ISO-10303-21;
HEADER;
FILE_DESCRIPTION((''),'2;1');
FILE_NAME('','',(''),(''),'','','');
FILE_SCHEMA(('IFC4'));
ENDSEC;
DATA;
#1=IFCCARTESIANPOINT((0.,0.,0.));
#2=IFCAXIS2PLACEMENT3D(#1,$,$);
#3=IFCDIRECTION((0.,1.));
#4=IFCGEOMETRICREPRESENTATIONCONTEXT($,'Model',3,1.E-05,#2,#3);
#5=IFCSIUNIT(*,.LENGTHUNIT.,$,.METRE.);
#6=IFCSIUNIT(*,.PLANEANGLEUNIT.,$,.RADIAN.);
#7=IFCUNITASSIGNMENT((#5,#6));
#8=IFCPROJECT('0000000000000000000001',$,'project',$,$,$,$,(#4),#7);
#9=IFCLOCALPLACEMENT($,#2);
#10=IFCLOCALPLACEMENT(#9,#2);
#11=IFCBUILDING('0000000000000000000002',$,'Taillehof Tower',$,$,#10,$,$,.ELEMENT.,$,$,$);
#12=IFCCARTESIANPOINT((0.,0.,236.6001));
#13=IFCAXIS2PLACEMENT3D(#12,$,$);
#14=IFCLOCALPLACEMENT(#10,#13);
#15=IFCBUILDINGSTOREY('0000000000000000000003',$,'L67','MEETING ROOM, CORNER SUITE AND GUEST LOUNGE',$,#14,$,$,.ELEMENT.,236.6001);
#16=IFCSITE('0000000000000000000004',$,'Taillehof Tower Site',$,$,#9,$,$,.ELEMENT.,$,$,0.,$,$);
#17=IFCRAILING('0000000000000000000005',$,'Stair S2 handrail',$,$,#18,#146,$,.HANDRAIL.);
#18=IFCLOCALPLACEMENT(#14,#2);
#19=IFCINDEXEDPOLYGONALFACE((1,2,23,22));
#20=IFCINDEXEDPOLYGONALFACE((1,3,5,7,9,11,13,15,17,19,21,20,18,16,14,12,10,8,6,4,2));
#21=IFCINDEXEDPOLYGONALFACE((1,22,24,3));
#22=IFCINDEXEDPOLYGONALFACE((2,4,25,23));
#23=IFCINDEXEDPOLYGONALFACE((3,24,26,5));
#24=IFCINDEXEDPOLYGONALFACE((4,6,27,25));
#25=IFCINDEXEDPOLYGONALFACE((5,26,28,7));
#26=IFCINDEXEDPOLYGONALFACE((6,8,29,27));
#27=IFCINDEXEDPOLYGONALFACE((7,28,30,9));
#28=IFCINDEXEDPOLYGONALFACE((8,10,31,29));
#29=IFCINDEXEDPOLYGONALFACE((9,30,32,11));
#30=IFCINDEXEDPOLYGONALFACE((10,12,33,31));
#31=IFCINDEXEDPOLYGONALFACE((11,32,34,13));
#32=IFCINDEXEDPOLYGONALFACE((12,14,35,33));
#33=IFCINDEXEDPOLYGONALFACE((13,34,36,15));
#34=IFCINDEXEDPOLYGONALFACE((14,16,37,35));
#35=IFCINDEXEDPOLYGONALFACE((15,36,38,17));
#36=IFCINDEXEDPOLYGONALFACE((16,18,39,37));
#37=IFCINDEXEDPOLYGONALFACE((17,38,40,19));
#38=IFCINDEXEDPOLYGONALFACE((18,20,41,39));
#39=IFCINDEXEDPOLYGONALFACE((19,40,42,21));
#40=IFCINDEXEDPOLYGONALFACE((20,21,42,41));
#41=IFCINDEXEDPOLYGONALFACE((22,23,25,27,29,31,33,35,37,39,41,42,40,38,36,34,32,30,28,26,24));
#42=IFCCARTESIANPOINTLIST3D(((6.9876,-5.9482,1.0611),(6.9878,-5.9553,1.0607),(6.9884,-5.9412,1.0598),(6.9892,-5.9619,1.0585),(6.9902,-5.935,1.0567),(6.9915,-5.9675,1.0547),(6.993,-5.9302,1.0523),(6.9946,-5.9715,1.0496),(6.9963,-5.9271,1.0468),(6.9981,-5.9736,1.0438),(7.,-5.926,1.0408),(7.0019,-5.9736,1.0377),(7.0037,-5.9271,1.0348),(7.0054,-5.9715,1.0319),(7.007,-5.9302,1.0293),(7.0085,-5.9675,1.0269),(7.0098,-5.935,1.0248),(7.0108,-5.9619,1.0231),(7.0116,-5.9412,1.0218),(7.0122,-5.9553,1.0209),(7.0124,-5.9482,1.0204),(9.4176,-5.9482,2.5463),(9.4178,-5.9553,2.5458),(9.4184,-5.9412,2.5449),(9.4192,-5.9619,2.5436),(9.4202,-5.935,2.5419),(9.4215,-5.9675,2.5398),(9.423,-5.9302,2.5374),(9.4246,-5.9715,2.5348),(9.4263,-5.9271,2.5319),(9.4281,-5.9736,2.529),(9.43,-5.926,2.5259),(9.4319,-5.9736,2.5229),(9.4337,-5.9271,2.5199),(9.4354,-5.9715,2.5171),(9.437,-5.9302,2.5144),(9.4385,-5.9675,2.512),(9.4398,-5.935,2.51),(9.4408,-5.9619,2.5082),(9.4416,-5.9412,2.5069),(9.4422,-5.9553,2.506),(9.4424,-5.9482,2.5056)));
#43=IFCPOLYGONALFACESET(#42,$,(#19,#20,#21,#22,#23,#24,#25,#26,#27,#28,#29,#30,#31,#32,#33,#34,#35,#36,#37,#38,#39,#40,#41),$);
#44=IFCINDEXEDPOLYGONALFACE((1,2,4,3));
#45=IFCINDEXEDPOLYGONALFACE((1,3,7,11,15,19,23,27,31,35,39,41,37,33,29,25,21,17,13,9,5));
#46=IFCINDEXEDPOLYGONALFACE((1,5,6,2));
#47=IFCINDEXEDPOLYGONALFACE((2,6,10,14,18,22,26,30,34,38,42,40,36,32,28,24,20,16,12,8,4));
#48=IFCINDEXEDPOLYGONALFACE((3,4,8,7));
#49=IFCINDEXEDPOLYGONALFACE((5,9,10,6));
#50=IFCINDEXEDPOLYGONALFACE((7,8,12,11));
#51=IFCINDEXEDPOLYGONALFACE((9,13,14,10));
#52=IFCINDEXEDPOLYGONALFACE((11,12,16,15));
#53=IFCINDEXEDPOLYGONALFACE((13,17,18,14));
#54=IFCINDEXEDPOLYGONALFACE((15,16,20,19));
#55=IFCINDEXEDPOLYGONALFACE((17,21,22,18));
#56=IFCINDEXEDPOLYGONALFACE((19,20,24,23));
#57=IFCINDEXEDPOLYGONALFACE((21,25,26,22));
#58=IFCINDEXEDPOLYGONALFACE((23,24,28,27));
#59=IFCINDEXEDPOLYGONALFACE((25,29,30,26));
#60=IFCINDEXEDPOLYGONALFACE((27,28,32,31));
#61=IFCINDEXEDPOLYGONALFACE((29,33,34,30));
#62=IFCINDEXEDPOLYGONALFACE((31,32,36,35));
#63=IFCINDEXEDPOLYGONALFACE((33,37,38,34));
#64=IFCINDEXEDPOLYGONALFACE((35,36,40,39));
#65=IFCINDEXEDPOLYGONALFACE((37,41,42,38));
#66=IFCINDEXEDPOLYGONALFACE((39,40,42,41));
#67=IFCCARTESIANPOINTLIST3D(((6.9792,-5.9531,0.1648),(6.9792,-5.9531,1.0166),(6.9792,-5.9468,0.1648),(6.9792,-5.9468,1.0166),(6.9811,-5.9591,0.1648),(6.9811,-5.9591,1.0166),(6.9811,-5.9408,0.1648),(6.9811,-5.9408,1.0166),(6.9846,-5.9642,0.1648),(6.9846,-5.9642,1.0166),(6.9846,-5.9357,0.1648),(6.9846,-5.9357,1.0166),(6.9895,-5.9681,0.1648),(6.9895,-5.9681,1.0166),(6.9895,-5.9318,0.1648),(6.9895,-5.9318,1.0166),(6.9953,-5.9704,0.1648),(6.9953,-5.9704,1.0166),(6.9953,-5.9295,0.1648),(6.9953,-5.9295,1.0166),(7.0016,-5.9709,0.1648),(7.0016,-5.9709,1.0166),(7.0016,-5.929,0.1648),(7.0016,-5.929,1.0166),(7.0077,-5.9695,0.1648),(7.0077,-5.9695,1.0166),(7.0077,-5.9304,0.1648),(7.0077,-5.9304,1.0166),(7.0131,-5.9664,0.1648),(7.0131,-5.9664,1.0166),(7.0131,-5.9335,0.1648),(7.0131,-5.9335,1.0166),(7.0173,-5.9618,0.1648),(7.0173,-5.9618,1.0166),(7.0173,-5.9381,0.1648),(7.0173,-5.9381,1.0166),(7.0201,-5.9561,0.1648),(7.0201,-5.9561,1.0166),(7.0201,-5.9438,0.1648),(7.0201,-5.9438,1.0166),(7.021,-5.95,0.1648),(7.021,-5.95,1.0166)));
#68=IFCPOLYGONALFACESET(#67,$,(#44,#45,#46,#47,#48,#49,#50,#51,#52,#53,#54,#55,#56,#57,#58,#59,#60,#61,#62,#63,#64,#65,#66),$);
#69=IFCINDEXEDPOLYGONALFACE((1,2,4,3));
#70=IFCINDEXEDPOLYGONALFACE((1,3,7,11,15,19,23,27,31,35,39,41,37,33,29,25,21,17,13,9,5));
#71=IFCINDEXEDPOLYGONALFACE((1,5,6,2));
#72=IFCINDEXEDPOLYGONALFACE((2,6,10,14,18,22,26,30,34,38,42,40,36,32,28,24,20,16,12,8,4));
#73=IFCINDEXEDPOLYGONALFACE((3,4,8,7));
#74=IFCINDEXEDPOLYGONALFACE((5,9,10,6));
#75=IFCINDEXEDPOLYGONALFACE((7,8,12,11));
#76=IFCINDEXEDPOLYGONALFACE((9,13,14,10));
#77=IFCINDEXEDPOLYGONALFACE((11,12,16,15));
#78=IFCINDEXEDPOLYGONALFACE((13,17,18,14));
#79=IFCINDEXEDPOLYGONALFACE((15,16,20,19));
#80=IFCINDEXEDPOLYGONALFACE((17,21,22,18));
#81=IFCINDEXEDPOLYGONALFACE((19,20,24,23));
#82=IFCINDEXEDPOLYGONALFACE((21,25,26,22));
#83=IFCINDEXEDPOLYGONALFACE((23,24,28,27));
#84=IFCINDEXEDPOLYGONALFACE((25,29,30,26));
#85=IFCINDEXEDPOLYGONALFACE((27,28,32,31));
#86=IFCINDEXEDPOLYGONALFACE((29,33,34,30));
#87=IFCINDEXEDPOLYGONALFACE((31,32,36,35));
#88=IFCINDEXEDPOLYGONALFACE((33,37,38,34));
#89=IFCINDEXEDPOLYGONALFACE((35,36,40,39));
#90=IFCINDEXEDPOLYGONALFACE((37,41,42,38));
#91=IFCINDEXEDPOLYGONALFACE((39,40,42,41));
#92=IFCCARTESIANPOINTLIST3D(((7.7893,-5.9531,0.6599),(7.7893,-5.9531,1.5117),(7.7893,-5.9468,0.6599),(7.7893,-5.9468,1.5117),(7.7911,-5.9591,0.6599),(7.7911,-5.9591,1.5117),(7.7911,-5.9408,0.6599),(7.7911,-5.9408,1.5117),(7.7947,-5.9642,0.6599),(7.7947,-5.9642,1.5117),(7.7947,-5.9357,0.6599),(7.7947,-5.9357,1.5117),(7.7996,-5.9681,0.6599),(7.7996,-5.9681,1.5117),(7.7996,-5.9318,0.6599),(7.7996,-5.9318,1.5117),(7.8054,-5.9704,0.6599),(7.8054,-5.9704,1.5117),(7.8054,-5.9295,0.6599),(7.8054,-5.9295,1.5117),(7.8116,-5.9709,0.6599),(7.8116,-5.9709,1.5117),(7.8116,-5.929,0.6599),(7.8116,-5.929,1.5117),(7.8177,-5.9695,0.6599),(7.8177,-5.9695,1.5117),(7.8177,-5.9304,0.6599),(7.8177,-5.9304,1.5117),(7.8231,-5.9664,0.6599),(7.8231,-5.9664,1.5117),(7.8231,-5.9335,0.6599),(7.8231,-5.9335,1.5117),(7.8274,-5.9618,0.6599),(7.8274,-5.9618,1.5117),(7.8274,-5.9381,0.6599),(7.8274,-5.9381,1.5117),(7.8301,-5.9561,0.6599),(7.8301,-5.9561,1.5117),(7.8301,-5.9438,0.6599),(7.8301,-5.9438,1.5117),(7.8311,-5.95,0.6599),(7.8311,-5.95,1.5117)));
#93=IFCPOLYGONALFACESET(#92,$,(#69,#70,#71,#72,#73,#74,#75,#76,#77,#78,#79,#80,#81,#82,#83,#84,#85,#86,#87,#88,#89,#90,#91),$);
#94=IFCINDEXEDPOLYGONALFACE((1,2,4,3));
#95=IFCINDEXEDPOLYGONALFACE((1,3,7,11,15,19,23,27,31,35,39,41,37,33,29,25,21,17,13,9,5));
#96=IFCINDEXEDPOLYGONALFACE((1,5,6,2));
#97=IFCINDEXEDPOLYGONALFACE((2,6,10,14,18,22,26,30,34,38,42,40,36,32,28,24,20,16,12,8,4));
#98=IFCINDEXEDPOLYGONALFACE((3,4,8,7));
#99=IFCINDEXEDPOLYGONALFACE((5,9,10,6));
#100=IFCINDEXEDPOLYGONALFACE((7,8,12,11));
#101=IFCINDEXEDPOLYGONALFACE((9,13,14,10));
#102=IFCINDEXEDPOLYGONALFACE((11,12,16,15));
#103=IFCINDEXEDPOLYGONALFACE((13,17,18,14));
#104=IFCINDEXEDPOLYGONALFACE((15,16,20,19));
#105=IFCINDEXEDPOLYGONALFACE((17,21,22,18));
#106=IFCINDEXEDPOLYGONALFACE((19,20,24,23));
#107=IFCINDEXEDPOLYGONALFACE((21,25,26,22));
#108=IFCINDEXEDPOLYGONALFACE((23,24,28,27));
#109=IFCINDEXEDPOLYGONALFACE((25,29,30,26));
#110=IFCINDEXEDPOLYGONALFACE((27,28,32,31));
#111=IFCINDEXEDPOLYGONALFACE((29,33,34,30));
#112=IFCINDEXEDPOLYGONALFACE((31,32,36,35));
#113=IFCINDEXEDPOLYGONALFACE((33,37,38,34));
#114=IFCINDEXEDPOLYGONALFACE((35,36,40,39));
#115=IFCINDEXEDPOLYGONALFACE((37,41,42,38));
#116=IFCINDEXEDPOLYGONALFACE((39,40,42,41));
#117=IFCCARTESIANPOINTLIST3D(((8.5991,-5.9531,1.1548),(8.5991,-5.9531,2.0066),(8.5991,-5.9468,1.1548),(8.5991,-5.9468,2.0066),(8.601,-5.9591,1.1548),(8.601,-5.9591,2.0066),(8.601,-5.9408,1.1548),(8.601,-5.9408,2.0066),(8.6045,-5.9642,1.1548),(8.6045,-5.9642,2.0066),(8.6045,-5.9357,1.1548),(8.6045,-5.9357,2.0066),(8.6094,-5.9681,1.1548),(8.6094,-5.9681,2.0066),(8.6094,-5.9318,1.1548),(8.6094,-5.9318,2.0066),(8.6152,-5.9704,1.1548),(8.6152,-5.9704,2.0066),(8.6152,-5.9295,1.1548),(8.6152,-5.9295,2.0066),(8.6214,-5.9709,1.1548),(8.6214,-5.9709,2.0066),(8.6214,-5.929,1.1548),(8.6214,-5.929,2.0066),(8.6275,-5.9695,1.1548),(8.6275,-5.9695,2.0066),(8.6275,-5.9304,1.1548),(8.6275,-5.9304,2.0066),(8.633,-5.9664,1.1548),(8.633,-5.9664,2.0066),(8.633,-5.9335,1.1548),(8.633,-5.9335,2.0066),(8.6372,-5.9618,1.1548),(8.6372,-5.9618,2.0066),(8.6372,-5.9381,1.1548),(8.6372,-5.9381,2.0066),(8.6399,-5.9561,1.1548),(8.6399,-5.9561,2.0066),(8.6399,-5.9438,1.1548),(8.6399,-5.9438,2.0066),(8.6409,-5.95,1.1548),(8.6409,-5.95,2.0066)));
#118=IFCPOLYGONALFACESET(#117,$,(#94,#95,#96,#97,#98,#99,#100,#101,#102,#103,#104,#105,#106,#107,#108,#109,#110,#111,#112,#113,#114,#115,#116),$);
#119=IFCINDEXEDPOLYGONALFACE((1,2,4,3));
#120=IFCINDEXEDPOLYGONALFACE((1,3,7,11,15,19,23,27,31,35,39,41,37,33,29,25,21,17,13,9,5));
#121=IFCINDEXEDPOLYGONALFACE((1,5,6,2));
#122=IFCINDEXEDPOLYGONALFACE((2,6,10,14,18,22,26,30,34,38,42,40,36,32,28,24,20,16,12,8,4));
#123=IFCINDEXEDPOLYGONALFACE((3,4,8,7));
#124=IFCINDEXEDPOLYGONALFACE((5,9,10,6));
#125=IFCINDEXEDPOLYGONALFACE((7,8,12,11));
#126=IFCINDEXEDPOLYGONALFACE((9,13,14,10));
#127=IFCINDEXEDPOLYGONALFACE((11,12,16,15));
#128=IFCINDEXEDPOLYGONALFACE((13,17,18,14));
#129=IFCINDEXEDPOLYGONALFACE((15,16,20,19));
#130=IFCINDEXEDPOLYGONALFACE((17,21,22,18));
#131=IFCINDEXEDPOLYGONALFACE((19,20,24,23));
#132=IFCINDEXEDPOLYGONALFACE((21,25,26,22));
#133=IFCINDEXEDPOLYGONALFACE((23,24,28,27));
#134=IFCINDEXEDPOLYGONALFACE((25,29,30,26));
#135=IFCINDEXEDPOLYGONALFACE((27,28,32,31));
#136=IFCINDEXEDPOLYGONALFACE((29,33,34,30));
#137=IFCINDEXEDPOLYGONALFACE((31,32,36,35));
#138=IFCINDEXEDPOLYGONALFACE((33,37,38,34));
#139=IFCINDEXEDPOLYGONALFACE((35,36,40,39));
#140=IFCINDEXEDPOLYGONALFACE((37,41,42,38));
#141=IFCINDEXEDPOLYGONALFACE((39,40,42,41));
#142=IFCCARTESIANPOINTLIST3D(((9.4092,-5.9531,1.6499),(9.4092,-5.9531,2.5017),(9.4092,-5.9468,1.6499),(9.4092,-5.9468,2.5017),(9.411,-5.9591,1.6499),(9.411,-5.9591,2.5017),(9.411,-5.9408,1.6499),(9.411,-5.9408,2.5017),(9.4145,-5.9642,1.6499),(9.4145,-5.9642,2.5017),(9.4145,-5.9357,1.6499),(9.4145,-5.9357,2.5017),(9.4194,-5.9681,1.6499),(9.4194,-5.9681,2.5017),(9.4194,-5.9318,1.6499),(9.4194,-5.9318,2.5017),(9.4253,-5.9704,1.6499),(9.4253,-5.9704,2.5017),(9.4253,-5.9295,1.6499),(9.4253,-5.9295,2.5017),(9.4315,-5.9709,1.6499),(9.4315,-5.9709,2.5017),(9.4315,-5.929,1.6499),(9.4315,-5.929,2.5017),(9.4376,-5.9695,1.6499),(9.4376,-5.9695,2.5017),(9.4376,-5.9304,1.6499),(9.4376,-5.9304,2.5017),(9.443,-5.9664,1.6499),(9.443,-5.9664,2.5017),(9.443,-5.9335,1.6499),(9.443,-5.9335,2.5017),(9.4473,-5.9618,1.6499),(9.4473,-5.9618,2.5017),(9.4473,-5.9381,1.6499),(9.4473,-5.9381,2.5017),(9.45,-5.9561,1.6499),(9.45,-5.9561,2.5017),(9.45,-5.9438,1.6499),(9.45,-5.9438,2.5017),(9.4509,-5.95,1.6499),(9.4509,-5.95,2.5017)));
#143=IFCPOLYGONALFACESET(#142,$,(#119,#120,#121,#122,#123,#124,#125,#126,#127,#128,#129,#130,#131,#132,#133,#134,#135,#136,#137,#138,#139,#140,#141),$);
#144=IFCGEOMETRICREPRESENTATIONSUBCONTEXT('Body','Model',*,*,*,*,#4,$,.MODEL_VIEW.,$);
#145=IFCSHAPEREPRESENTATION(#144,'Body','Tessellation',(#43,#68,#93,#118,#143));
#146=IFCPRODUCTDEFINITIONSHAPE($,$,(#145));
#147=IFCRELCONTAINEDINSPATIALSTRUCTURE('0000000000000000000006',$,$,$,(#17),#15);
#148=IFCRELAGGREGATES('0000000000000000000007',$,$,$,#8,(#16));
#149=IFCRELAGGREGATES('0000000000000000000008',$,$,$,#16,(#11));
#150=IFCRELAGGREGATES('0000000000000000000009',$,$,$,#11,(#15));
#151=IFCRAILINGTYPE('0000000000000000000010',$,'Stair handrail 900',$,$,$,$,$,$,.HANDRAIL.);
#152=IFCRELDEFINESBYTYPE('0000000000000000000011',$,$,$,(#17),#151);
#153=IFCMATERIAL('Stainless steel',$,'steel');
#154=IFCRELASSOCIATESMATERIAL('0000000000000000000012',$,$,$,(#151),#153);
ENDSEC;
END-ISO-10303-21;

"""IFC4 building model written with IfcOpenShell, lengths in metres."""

from ifc_helpers import new_model, si_unit, direction, frame, origin, origin_2d, place, context, subcontext, project, spatial, circle, extrude, material, type_object, element, save


model = new_model("IFC4")

# Units and contexts
model_context = context("Model", 3, precision=1e-05, world=origin(), true_north=direction((0.0, 1.0)))
body_context = subcontext(model_context, "Body", "Model", "MODEL_VIEW")
ifc_project = project(units=[si_unit("LENGTHUNIT", "METRE"), si_unit("PLANEANGLEUNIT", "RADIAN")], contexts=[model_context])

# Site, building, storey
site_placement = place(None, origin())
site = spatial("IfcSite", under=ifc_project, at=site_placement, Name="Taillehof Tower Site", CompositionType="ELEMENT", RefElevation=0.0)
building_placement = place(site_placement, origin())
building = spatial("IfcBuilding", under=site, at=building_placement, Name="Taillehof Tower", CompositionType="ELEMENT")
storey_placement = place(building_placement, frame((0.0, 0.0, 236.6001)))
storey = spatial("IfcBuildingStorey", under=building, at=storey_placement, Name="L67", Description="MEETING ROOM, CORNER SUITE AND GUEST LOUNGE", CompositionType="ELEMENT", Elevation=236.6001)

# Railing
ifc_material_1 = material(Name="Stainless steel", Category="steel")
railing_type = type_object("IfcRailingType", Name="Stair handrail 900", PredefinedType="HANDRAIL", material=ifc_material_1)
railing_placement = place(storey_placement, frame((7.0, -5.95, 0.1648)))
element("IfcRailing", 1, at=railing_placement, inside=storey, type_object=railing_type, Name="Stair S2 handrail", PredefinedType="HANDRAIL", context=body_context, shape_type="SweptSolid", body=[
    extrude(circle(Radius=0.0239, at=origin_2d()), frame((0.0, 0.0, 0.876), z_axis=(0.853259, 0.0, 0.521488), x_axis=(0.0, 1.0, 0.0)), (0.0, 0.0, 1.0), 2.8479),
    extrude(circle(Radius=0.021, at=origin_2d()), origin(), (0.0, 0.0, 1.0), 0.8518),
    extrude(circle(Radius=0.021, at=origin_2d()), frame((0.8101, 0.0, 0.4951)), (0.0, 0.0, 1.0), 0.8518),
    extrude(circle(Radius=0.021, at=origin_2d()), frame((1.6199, 0.0, 0.99)), (0.0, 0.0, 1.0), 0.8518),
    extrude(circle(Radius=0.021, at=origin_2d()), frame((2.4299, 0.0, 1.4851)), (0.0, 0.0, 1.0), 0.8518),
])

save(model, "model.ifc")
